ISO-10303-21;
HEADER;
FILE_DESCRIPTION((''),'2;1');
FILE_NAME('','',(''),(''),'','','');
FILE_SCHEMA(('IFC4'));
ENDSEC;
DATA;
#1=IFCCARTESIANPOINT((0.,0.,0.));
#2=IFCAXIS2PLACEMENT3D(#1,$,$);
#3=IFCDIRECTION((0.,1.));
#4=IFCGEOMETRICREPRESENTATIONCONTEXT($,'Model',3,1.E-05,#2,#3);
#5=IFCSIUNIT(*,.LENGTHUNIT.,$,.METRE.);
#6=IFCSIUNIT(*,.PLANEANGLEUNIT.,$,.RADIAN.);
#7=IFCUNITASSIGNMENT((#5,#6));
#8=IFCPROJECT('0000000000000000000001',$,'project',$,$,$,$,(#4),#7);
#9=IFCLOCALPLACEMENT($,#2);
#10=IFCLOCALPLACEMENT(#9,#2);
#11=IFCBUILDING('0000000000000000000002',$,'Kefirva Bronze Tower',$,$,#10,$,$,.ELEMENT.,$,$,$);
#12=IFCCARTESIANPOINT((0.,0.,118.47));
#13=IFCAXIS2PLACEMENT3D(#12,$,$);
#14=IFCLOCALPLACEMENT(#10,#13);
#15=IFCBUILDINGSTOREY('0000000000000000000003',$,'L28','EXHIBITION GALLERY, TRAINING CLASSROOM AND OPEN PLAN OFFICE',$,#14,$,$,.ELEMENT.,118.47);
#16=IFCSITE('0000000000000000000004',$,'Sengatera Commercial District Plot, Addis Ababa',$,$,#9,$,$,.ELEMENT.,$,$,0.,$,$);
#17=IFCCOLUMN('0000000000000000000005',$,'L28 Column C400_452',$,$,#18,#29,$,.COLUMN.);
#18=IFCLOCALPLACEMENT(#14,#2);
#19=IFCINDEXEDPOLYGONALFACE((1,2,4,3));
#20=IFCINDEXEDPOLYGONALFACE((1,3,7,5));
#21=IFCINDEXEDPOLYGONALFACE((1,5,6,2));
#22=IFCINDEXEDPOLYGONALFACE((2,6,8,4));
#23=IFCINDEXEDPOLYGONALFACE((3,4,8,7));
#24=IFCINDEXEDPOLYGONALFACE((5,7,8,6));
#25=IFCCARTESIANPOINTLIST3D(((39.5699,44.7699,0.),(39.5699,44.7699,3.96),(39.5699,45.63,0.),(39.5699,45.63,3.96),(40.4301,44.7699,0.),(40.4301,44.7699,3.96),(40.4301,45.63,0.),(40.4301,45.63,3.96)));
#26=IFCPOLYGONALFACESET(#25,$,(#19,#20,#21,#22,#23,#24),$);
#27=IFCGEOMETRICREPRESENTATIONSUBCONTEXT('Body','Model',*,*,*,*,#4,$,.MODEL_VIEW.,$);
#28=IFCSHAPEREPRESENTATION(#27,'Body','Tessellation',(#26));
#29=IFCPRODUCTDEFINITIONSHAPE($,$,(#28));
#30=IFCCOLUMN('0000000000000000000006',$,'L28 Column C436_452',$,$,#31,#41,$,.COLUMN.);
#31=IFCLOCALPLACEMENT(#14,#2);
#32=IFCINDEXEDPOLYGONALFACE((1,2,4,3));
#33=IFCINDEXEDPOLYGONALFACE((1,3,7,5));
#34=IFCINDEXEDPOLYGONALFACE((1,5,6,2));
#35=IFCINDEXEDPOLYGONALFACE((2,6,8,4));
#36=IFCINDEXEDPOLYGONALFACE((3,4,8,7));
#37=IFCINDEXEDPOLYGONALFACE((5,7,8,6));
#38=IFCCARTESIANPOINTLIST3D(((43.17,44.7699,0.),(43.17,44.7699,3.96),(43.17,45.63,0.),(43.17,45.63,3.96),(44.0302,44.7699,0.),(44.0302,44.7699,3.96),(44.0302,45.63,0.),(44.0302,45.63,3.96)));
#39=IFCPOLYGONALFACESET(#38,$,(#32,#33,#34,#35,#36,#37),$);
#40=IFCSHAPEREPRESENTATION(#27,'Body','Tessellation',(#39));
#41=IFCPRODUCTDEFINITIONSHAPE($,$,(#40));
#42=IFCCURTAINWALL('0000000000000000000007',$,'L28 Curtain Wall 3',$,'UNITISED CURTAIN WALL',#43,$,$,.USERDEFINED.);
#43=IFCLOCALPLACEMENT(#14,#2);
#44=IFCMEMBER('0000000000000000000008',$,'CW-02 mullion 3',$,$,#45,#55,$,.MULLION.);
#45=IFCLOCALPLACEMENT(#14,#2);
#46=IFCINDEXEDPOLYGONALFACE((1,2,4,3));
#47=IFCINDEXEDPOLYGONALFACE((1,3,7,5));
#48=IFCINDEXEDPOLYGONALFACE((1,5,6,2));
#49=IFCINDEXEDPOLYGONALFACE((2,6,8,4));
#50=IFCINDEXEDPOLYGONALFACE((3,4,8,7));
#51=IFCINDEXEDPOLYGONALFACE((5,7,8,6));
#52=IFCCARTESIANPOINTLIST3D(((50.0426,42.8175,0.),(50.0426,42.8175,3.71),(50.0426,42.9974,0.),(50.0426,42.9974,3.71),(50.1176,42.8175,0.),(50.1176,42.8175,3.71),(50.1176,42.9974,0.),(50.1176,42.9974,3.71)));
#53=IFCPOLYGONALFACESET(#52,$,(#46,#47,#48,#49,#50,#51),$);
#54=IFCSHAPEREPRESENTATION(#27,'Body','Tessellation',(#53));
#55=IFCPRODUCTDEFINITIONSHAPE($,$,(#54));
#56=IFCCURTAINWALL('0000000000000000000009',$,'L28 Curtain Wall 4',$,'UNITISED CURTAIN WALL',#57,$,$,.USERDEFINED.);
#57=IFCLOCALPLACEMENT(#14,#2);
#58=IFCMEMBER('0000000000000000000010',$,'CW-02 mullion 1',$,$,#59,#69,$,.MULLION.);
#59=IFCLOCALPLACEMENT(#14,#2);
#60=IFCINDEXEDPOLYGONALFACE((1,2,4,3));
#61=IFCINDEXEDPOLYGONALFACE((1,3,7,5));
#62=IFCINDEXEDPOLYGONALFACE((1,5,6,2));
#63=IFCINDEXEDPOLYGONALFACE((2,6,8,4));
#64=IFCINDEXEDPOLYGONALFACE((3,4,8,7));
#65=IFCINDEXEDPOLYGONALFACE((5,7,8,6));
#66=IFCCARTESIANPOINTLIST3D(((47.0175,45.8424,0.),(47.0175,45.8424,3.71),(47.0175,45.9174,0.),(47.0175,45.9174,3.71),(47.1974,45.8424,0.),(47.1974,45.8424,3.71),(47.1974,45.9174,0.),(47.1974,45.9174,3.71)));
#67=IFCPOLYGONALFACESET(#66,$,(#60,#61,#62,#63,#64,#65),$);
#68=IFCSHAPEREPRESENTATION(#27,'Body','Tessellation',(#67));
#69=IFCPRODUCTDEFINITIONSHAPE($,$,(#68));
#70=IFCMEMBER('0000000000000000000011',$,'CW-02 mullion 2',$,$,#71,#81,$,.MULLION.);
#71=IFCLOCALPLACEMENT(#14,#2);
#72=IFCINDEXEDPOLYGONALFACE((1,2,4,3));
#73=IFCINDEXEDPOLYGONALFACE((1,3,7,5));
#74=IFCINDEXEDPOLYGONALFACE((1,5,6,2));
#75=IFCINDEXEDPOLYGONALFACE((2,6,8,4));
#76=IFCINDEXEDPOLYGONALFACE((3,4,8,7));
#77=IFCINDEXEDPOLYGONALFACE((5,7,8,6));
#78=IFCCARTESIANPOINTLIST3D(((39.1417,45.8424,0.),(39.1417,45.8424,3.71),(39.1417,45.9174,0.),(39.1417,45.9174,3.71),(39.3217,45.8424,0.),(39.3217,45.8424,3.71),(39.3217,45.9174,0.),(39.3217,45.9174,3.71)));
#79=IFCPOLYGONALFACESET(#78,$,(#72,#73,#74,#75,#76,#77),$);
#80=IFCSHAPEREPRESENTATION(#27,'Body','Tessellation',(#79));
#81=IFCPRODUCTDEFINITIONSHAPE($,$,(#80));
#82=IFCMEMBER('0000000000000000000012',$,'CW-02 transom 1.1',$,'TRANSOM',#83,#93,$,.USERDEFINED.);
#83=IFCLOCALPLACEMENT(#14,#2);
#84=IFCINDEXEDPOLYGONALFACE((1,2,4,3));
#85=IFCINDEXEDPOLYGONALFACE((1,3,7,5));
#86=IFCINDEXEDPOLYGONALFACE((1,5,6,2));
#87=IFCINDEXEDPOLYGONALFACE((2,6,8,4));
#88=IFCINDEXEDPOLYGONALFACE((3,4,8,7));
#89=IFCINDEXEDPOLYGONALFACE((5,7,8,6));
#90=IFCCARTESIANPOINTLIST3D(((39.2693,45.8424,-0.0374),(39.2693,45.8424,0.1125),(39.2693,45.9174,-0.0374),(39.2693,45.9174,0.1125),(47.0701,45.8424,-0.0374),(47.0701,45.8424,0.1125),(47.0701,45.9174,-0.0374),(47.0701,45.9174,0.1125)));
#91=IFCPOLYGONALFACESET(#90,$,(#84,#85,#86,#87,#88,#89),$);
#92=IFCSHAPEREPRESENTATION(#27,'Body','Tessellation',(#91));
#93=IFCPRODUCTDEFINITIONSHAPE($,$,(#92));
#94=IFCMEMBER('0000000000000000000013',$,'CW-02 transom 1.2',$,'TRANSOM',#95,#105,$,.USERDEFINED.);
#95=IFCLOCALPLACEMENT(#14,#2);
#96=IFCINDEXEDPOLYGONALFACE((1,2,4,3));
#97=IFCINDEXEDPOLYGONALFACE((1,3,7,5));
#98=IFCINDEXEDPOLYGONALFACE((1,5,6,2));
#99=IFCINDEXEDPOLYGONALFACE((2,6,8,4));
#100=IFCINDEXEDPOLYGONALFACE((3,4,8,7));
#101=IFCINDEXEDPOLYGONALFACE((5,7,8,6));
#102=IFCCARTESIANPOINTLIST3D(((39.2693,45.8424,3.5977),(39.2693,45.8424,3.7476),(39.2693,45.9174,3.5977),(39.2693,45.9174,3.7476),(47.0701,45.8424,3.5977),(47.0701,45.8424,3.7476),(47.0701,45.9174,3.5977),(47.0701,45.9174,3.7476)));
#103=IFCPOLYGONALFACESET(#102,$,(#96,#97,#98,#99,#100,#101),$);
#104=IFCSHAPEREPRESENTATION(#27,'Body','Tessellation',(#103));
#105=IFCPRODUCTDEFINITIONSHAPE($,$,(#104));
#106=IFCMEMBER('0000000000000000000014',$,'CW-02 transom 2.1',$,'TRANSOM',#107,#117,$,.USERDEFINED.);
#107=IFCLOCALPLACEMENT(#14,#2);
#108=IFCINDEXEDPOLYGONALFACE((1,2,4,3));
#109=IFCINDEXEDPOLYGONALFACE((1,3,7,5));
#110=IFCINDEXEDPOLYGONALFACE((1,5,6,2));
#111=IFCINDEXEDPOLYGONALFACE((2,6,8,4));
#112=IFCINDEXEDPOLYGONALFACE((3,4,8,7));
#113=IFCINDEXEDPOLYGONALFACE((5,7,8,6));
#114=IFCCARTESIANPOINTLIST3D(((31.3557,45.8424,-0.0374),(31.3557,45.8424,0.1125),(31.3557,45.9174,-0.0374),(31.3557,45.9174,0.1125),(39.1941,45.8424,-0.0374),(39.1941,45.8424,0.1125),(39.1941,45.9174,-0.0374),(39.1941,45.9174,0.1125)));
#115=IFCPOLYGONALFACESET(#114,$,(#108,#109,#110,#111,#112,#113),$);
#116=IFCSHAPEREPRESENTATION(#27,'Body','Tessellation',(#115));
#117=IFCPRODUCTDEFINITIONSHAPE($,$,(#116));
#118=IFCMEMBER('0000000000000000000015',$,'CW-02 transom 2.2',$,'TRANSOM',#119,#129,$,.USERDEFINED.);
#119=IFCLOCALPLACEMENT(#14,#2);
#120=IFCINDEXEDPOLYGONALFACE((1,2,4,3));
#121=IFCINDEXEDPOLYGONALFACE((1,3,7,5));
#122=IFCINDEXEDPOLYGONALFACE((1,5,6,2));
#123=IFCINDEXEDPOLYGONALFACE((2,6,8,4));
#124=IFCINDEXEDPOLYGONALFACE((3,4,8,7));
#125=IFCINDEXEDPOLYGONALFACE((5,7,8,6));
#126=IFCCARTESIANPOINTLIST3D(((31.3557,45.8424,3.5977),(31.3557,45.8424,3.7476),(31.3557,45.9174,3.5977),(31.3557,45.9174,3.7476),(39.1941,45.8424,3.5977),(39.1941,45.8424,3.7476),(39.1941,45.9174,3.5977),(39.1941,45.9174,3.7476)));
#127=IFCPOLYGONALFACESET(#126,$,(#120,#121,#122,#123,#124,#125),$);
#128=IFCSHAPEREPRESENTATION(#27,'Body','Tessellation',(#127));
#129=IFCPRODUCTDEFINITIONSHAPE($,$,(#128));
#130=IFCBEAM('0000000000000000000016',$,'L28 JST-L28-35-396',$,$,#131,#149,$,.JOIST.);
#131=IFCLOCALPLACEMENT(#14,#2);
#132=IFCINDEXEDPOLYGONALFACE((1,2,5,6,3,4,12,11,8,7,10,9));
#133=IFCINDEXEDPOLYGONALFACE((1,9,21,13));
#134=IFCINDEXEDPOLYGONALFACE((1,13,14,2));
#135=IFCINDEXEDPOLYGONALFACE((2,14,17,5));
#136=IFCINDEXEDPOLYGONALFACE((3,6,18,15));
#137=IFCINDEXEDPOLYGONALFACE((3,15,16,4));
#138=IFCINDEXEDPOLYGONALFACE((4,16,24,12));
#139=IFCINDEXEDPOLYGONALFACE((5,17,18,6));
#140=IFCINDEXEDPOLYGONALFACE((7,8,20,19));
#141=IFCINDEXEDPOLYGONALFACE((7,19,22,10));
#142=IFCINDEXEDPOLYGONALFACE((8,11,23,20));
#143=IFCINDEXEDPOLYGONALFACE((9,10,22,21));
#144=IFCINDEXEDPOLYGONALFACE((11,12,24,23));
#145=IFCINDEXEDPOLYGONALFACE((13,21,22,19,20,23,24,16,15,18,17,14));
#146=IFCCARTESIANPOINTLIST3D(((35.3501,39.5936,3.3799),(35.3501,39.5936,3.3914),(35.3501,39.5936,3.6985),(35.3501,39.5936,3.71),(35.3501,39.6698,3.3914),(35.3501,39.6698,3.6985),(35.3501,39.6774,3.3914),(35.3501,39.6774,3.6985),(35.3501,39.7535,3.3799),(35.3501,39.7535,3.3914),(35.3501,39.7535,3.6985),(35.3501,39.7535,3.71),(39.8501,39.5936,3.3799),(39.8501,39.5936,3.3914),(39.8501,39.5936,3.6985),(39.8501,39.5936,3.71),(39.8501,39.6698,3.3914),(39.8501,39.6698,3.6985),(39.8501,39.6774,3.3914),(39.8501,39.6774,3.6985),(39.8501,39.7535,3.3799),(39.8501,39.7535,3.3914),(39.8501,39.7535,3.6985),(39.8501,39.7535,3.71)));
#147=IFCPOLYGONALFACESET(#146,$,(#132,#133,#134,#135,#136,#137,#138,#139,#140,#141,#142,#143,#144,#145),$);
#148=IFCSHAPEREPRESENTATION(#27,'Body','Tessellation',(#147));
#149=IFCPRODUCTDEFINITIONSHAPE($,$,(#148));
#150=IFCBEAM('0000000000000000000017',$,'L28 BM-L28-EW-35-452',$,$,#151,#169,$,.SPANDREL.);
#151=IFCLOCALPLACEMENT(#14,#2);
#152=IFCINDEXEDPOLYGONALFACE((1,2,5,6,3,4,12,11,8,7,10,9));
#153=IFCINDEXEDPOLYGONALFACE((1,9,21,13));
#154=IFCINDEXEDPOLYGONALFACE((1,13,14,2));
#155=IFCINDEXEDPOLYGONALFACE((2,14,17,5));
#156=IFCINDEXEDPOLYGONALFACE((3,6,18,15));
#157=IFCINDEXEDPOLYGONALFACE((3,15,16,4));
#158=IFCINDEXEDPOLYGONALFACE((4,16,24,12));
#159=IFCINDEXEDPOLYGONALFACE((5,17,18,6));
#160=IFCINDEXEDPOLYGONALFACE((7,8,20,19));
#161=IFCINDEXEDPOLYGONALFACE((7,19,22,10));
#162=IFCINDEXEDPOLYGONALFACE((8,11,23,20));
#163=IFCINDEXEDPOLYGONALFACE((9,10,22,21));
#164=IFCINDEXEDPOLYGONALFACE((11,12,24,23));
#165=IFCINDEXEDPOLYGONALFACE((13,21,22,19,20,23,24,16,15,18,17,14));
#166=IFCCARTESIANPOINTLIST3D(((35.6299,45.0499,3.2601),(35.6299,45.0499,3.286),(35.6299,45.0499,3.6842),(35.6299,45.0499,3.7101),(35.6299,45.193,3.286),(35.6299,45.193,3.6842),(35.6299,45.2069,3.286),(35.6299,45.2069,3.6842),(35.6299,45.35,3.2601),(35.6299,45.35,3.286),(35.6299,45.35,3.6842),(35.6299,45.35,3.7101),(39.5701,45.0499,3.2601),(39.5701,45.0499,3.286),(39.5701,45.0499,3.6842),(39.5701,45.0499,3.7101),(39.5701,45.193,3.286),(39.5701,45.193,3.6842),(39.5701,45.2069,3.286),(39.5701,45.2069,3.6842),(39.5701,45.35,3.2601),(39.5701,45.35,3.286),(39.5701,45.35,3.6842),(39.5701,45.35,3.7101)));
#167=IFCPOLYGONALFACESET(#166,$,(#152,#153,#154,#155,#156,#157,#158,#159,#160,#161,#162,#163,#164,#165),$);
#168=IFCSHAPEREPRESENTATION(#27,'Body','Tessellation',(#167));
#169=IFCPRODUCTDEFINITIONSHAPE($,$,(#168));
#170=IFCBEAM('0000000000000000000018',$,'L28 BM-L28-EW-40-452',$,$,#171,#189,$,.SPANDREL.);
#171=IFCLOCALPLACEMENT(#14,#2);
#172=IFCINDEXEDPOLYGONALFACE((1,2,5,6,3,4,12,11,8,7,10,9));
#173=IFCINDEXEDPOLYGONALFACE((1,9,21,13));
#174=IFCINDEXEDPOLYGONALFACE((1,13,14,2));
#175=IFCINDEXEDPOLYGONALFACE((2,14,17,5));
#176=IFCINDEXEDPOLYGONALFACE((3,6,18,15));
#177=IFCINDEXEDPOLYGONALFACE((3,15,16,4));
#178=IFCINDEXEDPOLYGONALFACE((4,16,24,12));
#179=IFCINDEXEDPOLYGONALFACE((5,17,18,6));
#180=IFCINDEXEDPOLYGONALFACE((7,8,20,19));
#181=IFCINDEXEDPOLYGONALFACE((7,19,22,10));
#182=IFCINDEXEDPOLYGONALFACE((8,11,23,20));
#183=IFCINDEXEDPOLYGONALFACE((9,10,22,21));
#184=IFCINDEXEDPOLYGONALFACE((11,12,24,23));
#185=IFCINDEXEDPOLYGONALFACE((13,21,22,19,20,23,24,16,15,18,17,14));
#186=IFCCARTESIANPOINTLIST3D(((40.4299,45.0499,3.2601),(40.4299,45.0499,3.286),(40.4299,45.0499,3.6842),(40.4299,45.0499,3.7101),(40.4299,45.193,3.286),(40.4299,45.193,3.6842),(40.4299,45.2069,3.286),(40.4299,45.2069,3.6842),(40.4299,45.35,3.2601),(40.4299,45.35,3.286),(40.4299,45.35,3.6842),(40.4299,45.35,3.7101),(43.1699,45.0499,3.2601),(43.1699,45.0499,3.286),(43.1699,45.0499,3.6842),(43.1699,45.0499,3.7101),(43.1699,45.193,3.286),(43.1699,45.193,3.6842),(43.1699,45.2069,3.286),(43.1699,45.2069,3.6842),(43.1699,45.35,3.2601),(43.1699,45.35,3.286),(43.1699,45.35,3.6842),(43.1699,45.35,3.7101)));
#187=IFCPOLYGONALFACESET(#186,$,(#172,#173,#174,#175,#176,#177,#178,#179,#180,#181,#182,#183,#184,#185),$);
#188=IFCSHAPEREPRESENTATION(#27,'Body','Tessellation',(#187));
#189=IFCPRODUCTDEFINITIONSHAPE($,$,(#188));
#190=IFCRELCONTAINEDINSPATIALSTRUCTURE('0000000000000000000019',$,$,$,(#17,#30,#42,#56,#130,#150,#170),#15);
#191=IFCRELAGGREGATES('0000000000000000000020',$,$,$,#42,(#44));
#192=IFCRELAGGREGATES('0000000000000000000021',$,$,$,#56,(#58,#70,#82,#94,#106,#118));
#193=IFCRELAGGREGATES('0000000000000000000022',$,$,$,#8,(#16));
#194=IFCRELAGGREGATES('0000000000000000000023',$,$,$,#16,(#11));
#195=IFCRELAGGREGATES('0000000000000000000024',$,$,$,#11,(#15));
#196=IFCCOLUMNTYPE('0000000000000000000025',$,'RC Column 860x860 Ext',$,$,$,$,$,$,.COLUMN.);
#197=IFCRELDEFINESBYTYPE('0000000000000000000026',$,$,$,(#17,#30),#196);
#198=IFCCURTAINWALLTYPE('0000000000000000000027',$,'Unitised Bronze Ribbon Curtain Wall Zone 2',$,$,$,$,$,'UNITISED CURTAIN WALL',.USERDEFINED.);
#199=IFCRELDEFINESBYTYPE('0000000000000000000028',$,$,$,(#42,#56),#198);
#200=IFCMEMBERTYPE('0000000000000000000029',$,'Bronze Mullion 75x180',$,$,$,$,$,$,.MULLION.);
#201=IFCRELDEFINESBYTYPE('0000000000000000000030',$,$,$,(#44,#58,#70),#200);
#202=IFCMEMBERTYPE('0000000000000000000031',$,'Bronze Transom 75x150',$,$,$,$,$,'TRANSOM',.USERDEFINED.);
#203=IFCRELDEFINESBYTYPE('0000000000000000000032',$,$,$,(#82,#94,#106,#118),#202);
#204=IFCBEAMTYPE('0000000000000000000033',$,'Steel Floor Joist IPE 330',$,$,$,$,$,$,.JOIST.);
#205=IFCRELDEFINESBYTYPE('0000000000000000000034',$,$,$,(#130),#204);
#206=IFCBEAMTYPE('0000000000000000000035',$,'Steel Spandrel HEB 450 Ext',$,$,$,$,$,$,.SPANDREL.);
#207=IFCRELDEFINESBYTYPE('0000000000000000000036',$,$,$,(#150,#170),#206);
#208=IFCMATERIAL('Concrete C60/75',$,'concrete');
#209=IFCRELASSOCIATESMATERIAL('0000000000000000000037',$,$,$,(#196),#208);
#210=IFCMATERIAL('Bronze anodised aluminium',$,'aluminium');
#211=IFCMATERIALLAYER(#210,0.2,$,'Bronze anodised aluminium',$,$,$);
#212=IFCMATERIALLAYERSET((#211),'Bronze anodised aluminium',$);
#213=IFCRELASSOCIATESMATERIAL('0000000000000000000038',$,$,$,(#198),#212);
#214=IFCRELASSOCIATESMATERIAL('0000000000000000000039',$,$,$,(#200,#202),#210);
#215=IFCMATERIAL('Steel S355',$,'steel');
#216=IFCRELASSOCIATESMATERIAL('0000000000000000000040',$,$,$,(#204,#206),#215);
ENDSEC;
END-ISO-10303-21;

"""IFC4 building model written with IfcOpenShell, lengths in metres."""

from ifc_helpers import new_model, si_unit, direction, frame, origin, origin_2d, place, context, subcontext, project, spatial, rectangle, i_section, extrude, material, layer, layer_set, material_profile, profile_set, type_object, element, aggregate, save


model = new_model("IFC4")

# Units and contexts
model_context = context("Model", 3, precision=1e-05, world=origin(), true_north=direction((0.0, 1.0)))
body_context = subcontext(model_context, "Body", "Model", "MODEL_VIEW")
ifc_project = project(units=[si_unit("LENGTHUNIT", "METRE"), si_unit("PLANEANGLEUNIT", "RADIAN")], contexts=[model_context])

# Site, building, storey
site_placement = place(None, origin())
site = spatial("IfcSite", under=ifc_project, at=site_placement, Name="Sengatera Commercial District Plot, Addis Ababa", CompositionType="ELEMENT", RefElevation=0.0)
building_placement = place(site_placement, origin())
building = spatial("IfcBuilding", under=site, at=building_placement, Name="Kefirva Bronze Tower", CompositionType="ELEMENT")
storey_placement = place(building_placement, frame((0.0, 0.0, 118.47)))
storey = spatial("IfcBuildingStorey", under=building, at=storey_placement, Name="L28", Description="EXHIBITION GALLERY, TRAINING CLASSROOM AND OPEN PLAN OFFICE", CompositionType="ELEMENT", Elevation=118.47)

# Columns
ifc_material_1 = material(Name="Concrete C60/75", Category="concrete")
ifc_material_profile_1 = material_profile(ifc_material_1, rectangle(XDim=0.8601, YDim=0.8601, at=origin_2d()), Name="RC 860x860")
ifc_profile_set_1 = profile_set([ifc_material_profile_1], Name="Concrete C60/75")
column_type = type_object("IfcColumnType", Name="RC Column 860x860 Ext", PredefinedType="COLUMN", material=ifc_profile_set_1)
for number, where, z_axis, x_axis, name in (
    (1, (40.0, 45.2, 0.0), (0.0, 0.0, 1.0), (1.0, 0.0, 0.0), "L28 Column C400_452"),
    (2, (43.6001, 45.2, 0.0), (0.0, 0.0, 1.0), (1.0, 0.0, 0.0), "L28 Column C436_452"),
):
    element("IfcColumn", number, at=place(storey_placement, frame(where, z_axis=z_axis, x_axis=x_axis)), inside=storey, type_object=column_type, Name=name, PredefinedType="COLUMN", context=body_context, shape_type="SweptSolid", body=[
        extrude(rectangle(XDim=0.8601, YDim=0.8601, at=origin_2d()), origin(), (0.0, 0.0, 1.0), 3.96),
    ])

# Curtain wall, member
ifc_material_2 = material(Name="Bronze anodised aluminium", Category="aluminium")
ifc_layer_1 = layer(ifc_material_2, 0.2, Name="Bronze anodised aluminium")
ifc_layer_set_1 = layer_set([ifc_layer_1], Name="Bronze anodised aluminium")
curtain_wall_type = type_object("IfcCurtainWallType", Name="Unitised Bronze Ribbon Curtain Wall Zone 2", ElementType="UNITISED CURTAIN WALL", PredefinedType="USERDEFINED", material=ifc_layer_set_1)
curtain_wall_1_placement = place(storey_placement, origin())
curtain_wall_1 = element("IfcCurtainWall", 3, at=curtain_wall_1_placement, inside=storey, type_object=curtain_wall_type, Name="L28 Curtain Wall 3", ObjectType="UNITISED CURTAIN WALL", PredefinedType="USERDEFINED")
ifc_material_profile_2 = material_profile(ifc_material_2, rectangle(XDim=0.075, YDim=0.1799, at=origin_2d()), Name="ALU 75x180")
ifc_profile_set_2 = profile_set([ifc_material_profile_2], Name="Bronze anodised aluminium")
member_type_1 = type_object("IfcMemberType", Name="Bronze Mullion 75x180", PredefinedType="MULLION", material=ifc_profile_set_2)
member_1_placement = place(storey_placement, frame((50.0801, 42.9075, 0.0), z_axis=(0.0, 0.0, 1.0), x_axis=(-1.0, 0.0, 0.0)))
member_1 = element("IfcMember", 4, at=member_1_placement, type_object=member_type_1, Name="CW-02 mullion 3", PredefinedType="MULLION", context=body_context, shape_type="SweptSolid", body=[
    extrude(rectangle(XDim=0.075, YDim=0.1799, at=origin_2d()), origin(), (0.0, 0.0, 1.0), 3.71),
])

# Curtain wall, members
curtain_wall_2_placement = place(storey_placement, origin())
curtain_wall_2 = element("IfcCurtainWall", 5, at=curtain_wall_2_placement, inside=storey, type_object=curtain_wall_type, Name="L28 Curtain Wall 4", ObjectType="UNITISED CURTAIN WALL", PredefinedType="USERDEFINED")
member_2_placement = place(storey_placement, frame((47.1074, 45.8799, 0.0), z_axis=(0.0, 0.0, 1.0), x_axis=(0.0, -1.0, 0.0)))
member_2 = element("IfcMember", 6, at=member_2_placement, type_object=member_type_1, Name="CW-02 mullion 1", PredefinedType="MULLION", context=body_context, shape_type="SweptSolid", body=[
    extrude(rectangle(XDim=0.075, YDim=0.1799, at=origin_2d()), origin(), (0.0, 0.0, 1.0), 3.71),
])
member_3_placement = place(storey_placement, frame((39.2317, 45.8799, 0.0), z_axis=(0.0, 0.0, 1.0), x_axis=(0.0, -1.0, 0.0)))
member_3 = element("IfcMember", 7, at=member_3_placement, type_object=member_type_1, Name="CW-02 mullion 2", PredefinedType="MULLION", context=body_context, shape_type="SweptSolid", body=[
    extrude(rectangle(XDim=0.075, YDim=0.1799, at=origin_2d()), origin(), (0.0, 0.0, 1.0), 3.71),
])
ifc_material_profile_3 = material_profile(ifc_material_2, rectangle(XDim=0.075, YDim=0.1499, at=origin_2d()), Name="ALU 75x150")
ifc_profile_set_3 = profile_set([ifc_material_profile_3], Name="Bronze anodised aluminium")
member_type_2 = type_object("IfcMemberType", Name="Bronze Transom 75x150", ElementType="TRANSOM", PredefinedType="USERDEFINED", material=ifc_profile_set_3)
member_4_placement = place(storey_placement, frame((47.0701, 45.8799, 0.0376), z_axis=(-1.0, 0.0, 0.0), x_axis=(0.0, -1.0, 0.0)))
member_4 = element("IfcMember", 8, at=member_4_placement, type_object=member_type_2, Name="CW-02 transom 1.1", ObjectType="TRANSOM", PredefinedType="USERDEFINED", context=body_context, shape_type="SweptSolid", body=[
    extrude(rectangle(XDim=0.075, YDim=0.1499, at=origin_2d()), origin(), (0.0, 0.0, 1.0), 7.8008),
])
member_5_placement = place(storey_placement, frame((47.0701, 45.8799, 3.6726), z_axis=(-1.0, 0.0, 0.0), x_axis=(0.0, -1.0, 0.0)))
member_5 = element("IfcMember", 9, at=member_5_placement, type_object=member_type_2, Name="CW-02 transom 1.2", ObjectType="TRANSOM", PredefinedType="USERDEFINED", context=body_context, shape_type="SweptSolid", body=[
    extrude(rectangle(XDim=0.075, YDim=0.1499, at=origin_2d()), origin(), (0.0, 0.0, 1.0), 7.8008),
])
member_6_placement = place(storey_placement, frame((39.1941, 45.8799, 0.0376), z_axis=(-1.0, 0.0, 0.0), x_axis=(0.0, -1.0, 0.0)))
member_6 = element("IfcMember", 10, at=member_6_placement, type_object=member_type_2, Name="CW-02 transom 2.1", ObjectType="TRANSOM", PredefinedType="USERDEFINED", context=body_context, shape_type="SweptSolid", body=[
    extrude(rectangle(XDim=0.075, YDim=0.1499, at=origin_2d()), origin(), (0.0, 0.0, 1.0), 7.8384),
])
member_7_placement = place(storey_placement, frame((39.1941, 45.8799, 3.6726), z_axis=(-1.0, 0.0, 0.0), x_axis=(0.0, -1.0, 0.0)))
member_7 = element("IfcMember", 11, at=member_7_placement, type_object=member_type_2, Name="CW-02 transom 2.2", ObjectType="TRANSOM", PredefinedType="USERDEFINED", context=body_context, shape_type="SweptSolid", body=[
    extrude(rectangle(XDim=0.075, YDim=0.1499, at=origin_2d()), origin(), (0.0, 0.0, 1.0), 7.8384),
])

# Beams
ifc_material_3 = material(Name="Steel S355", Category="steel")
ifc_material_profile_4 = material_profile(ifc_material_3, i_section(OverallWidth=0.1599, OverallDepth=0.3301, WebThickness=0.0076, FlangeThickness=0.0115, at=origin_2d()), Name="IPE 330")
ifc_profile_set_4 = profile_set([ifc_material_profile_4], Name="Steel S355")
beam_type_1 = type_object("IfcBeamType", Name="Steel Floor Joist IPE 330", PredefinedType="JOIST", material=ifc_profile_set_4)
beam_1_placement = place(storey_placement, frame((35.3501, 39.6736, 3.5449), z_axis=(1.0, 0.0, 0.0), x_axis=(0.0, 1.0, 0.0)))
element("IfcBeam", 12, at=beam_1_placement, inside=storey, type_object=beam_type_1, Name="L28 JST-L28-35-396", PredefinedType="JOIST", context=body_context, shape_type="SweptSolid", body=[
    extrude(i_section(OverallWidth=0.1599, OverallDepth=0.3301, WebThickness=0.0076, FlangeThickness=0.0115, at=origin_2d()), origin(), (0.0, 0.0, 1.0), 4.5),
])
ifc_material_profile_5 = material_profile(ifc_material_3, i_section(OverallWidth=0.3, OverallDepth=0.45, WebThickness=0.0139, FlangeThickness=0.0259, at=origin_2d()), Name="HEB 450")
ifc_profile_set_5 = profile_set([ifc_material_profile_5], Name="Steel S355")
beam_type_2 = type_object("IfcBeamType", Name="Steel Spandrel HEB 450 Ext", PredefinedType="SPANDREL", material=ifc_profile_set_5)
beam_2_placement = place(storey_placement, frame((35.6299, 45.2, 3.4851), z_axis=(1.0, 0.0, 0.0), x_axis=(0.0, 1.0, 0.0)))
element("IfcBeam", 13, at=beam_2_placement, inside=storey, type_object=beam_type_2, Name="L28 BM-L28-EW-35-452", PredefinedType="SPANDREL", context=body_context, shape_type="SweptSolid", body=[
    extrude(i_section(OverallWidth=0.3, OverallDepth=0.45, WebThickness=0.0139, FlangeThickness=0.0259, at=origin_2d()), origin(), (0.0, 0.0, 1.0), 3.9402),
])
beam_3_placement = place(storey_placement, frame((40.4299, 45.2, 3.4851), z_axis=(1.0, 0.0, 0.0), x_axis=(0.0, 1.0, 0.0)))
element("IfcBeam", 14, at=beam_3_placement, inside=storey, type_object=beam_type_2, Name="L28 BM-L28-EW-40-452", PredefinedType="SPANDREL", context=body_context, shape_type="SweptSolid", body=[
    extrude(i_section(OverallWidth=0.3, OverallDepth=0.45, WebThickness=0.0139, FlangeThickness=0.0259, at=origin_2d()), origin(), (0.0, 0.0, 1.0), 2.74),
])

aggregate(curtain_wall_1, [member_1])
aggregate(curtain_wall_2, [member_2, member_3, member_4, member_5, member_6, member_7])

save(model, "model.ifc")
